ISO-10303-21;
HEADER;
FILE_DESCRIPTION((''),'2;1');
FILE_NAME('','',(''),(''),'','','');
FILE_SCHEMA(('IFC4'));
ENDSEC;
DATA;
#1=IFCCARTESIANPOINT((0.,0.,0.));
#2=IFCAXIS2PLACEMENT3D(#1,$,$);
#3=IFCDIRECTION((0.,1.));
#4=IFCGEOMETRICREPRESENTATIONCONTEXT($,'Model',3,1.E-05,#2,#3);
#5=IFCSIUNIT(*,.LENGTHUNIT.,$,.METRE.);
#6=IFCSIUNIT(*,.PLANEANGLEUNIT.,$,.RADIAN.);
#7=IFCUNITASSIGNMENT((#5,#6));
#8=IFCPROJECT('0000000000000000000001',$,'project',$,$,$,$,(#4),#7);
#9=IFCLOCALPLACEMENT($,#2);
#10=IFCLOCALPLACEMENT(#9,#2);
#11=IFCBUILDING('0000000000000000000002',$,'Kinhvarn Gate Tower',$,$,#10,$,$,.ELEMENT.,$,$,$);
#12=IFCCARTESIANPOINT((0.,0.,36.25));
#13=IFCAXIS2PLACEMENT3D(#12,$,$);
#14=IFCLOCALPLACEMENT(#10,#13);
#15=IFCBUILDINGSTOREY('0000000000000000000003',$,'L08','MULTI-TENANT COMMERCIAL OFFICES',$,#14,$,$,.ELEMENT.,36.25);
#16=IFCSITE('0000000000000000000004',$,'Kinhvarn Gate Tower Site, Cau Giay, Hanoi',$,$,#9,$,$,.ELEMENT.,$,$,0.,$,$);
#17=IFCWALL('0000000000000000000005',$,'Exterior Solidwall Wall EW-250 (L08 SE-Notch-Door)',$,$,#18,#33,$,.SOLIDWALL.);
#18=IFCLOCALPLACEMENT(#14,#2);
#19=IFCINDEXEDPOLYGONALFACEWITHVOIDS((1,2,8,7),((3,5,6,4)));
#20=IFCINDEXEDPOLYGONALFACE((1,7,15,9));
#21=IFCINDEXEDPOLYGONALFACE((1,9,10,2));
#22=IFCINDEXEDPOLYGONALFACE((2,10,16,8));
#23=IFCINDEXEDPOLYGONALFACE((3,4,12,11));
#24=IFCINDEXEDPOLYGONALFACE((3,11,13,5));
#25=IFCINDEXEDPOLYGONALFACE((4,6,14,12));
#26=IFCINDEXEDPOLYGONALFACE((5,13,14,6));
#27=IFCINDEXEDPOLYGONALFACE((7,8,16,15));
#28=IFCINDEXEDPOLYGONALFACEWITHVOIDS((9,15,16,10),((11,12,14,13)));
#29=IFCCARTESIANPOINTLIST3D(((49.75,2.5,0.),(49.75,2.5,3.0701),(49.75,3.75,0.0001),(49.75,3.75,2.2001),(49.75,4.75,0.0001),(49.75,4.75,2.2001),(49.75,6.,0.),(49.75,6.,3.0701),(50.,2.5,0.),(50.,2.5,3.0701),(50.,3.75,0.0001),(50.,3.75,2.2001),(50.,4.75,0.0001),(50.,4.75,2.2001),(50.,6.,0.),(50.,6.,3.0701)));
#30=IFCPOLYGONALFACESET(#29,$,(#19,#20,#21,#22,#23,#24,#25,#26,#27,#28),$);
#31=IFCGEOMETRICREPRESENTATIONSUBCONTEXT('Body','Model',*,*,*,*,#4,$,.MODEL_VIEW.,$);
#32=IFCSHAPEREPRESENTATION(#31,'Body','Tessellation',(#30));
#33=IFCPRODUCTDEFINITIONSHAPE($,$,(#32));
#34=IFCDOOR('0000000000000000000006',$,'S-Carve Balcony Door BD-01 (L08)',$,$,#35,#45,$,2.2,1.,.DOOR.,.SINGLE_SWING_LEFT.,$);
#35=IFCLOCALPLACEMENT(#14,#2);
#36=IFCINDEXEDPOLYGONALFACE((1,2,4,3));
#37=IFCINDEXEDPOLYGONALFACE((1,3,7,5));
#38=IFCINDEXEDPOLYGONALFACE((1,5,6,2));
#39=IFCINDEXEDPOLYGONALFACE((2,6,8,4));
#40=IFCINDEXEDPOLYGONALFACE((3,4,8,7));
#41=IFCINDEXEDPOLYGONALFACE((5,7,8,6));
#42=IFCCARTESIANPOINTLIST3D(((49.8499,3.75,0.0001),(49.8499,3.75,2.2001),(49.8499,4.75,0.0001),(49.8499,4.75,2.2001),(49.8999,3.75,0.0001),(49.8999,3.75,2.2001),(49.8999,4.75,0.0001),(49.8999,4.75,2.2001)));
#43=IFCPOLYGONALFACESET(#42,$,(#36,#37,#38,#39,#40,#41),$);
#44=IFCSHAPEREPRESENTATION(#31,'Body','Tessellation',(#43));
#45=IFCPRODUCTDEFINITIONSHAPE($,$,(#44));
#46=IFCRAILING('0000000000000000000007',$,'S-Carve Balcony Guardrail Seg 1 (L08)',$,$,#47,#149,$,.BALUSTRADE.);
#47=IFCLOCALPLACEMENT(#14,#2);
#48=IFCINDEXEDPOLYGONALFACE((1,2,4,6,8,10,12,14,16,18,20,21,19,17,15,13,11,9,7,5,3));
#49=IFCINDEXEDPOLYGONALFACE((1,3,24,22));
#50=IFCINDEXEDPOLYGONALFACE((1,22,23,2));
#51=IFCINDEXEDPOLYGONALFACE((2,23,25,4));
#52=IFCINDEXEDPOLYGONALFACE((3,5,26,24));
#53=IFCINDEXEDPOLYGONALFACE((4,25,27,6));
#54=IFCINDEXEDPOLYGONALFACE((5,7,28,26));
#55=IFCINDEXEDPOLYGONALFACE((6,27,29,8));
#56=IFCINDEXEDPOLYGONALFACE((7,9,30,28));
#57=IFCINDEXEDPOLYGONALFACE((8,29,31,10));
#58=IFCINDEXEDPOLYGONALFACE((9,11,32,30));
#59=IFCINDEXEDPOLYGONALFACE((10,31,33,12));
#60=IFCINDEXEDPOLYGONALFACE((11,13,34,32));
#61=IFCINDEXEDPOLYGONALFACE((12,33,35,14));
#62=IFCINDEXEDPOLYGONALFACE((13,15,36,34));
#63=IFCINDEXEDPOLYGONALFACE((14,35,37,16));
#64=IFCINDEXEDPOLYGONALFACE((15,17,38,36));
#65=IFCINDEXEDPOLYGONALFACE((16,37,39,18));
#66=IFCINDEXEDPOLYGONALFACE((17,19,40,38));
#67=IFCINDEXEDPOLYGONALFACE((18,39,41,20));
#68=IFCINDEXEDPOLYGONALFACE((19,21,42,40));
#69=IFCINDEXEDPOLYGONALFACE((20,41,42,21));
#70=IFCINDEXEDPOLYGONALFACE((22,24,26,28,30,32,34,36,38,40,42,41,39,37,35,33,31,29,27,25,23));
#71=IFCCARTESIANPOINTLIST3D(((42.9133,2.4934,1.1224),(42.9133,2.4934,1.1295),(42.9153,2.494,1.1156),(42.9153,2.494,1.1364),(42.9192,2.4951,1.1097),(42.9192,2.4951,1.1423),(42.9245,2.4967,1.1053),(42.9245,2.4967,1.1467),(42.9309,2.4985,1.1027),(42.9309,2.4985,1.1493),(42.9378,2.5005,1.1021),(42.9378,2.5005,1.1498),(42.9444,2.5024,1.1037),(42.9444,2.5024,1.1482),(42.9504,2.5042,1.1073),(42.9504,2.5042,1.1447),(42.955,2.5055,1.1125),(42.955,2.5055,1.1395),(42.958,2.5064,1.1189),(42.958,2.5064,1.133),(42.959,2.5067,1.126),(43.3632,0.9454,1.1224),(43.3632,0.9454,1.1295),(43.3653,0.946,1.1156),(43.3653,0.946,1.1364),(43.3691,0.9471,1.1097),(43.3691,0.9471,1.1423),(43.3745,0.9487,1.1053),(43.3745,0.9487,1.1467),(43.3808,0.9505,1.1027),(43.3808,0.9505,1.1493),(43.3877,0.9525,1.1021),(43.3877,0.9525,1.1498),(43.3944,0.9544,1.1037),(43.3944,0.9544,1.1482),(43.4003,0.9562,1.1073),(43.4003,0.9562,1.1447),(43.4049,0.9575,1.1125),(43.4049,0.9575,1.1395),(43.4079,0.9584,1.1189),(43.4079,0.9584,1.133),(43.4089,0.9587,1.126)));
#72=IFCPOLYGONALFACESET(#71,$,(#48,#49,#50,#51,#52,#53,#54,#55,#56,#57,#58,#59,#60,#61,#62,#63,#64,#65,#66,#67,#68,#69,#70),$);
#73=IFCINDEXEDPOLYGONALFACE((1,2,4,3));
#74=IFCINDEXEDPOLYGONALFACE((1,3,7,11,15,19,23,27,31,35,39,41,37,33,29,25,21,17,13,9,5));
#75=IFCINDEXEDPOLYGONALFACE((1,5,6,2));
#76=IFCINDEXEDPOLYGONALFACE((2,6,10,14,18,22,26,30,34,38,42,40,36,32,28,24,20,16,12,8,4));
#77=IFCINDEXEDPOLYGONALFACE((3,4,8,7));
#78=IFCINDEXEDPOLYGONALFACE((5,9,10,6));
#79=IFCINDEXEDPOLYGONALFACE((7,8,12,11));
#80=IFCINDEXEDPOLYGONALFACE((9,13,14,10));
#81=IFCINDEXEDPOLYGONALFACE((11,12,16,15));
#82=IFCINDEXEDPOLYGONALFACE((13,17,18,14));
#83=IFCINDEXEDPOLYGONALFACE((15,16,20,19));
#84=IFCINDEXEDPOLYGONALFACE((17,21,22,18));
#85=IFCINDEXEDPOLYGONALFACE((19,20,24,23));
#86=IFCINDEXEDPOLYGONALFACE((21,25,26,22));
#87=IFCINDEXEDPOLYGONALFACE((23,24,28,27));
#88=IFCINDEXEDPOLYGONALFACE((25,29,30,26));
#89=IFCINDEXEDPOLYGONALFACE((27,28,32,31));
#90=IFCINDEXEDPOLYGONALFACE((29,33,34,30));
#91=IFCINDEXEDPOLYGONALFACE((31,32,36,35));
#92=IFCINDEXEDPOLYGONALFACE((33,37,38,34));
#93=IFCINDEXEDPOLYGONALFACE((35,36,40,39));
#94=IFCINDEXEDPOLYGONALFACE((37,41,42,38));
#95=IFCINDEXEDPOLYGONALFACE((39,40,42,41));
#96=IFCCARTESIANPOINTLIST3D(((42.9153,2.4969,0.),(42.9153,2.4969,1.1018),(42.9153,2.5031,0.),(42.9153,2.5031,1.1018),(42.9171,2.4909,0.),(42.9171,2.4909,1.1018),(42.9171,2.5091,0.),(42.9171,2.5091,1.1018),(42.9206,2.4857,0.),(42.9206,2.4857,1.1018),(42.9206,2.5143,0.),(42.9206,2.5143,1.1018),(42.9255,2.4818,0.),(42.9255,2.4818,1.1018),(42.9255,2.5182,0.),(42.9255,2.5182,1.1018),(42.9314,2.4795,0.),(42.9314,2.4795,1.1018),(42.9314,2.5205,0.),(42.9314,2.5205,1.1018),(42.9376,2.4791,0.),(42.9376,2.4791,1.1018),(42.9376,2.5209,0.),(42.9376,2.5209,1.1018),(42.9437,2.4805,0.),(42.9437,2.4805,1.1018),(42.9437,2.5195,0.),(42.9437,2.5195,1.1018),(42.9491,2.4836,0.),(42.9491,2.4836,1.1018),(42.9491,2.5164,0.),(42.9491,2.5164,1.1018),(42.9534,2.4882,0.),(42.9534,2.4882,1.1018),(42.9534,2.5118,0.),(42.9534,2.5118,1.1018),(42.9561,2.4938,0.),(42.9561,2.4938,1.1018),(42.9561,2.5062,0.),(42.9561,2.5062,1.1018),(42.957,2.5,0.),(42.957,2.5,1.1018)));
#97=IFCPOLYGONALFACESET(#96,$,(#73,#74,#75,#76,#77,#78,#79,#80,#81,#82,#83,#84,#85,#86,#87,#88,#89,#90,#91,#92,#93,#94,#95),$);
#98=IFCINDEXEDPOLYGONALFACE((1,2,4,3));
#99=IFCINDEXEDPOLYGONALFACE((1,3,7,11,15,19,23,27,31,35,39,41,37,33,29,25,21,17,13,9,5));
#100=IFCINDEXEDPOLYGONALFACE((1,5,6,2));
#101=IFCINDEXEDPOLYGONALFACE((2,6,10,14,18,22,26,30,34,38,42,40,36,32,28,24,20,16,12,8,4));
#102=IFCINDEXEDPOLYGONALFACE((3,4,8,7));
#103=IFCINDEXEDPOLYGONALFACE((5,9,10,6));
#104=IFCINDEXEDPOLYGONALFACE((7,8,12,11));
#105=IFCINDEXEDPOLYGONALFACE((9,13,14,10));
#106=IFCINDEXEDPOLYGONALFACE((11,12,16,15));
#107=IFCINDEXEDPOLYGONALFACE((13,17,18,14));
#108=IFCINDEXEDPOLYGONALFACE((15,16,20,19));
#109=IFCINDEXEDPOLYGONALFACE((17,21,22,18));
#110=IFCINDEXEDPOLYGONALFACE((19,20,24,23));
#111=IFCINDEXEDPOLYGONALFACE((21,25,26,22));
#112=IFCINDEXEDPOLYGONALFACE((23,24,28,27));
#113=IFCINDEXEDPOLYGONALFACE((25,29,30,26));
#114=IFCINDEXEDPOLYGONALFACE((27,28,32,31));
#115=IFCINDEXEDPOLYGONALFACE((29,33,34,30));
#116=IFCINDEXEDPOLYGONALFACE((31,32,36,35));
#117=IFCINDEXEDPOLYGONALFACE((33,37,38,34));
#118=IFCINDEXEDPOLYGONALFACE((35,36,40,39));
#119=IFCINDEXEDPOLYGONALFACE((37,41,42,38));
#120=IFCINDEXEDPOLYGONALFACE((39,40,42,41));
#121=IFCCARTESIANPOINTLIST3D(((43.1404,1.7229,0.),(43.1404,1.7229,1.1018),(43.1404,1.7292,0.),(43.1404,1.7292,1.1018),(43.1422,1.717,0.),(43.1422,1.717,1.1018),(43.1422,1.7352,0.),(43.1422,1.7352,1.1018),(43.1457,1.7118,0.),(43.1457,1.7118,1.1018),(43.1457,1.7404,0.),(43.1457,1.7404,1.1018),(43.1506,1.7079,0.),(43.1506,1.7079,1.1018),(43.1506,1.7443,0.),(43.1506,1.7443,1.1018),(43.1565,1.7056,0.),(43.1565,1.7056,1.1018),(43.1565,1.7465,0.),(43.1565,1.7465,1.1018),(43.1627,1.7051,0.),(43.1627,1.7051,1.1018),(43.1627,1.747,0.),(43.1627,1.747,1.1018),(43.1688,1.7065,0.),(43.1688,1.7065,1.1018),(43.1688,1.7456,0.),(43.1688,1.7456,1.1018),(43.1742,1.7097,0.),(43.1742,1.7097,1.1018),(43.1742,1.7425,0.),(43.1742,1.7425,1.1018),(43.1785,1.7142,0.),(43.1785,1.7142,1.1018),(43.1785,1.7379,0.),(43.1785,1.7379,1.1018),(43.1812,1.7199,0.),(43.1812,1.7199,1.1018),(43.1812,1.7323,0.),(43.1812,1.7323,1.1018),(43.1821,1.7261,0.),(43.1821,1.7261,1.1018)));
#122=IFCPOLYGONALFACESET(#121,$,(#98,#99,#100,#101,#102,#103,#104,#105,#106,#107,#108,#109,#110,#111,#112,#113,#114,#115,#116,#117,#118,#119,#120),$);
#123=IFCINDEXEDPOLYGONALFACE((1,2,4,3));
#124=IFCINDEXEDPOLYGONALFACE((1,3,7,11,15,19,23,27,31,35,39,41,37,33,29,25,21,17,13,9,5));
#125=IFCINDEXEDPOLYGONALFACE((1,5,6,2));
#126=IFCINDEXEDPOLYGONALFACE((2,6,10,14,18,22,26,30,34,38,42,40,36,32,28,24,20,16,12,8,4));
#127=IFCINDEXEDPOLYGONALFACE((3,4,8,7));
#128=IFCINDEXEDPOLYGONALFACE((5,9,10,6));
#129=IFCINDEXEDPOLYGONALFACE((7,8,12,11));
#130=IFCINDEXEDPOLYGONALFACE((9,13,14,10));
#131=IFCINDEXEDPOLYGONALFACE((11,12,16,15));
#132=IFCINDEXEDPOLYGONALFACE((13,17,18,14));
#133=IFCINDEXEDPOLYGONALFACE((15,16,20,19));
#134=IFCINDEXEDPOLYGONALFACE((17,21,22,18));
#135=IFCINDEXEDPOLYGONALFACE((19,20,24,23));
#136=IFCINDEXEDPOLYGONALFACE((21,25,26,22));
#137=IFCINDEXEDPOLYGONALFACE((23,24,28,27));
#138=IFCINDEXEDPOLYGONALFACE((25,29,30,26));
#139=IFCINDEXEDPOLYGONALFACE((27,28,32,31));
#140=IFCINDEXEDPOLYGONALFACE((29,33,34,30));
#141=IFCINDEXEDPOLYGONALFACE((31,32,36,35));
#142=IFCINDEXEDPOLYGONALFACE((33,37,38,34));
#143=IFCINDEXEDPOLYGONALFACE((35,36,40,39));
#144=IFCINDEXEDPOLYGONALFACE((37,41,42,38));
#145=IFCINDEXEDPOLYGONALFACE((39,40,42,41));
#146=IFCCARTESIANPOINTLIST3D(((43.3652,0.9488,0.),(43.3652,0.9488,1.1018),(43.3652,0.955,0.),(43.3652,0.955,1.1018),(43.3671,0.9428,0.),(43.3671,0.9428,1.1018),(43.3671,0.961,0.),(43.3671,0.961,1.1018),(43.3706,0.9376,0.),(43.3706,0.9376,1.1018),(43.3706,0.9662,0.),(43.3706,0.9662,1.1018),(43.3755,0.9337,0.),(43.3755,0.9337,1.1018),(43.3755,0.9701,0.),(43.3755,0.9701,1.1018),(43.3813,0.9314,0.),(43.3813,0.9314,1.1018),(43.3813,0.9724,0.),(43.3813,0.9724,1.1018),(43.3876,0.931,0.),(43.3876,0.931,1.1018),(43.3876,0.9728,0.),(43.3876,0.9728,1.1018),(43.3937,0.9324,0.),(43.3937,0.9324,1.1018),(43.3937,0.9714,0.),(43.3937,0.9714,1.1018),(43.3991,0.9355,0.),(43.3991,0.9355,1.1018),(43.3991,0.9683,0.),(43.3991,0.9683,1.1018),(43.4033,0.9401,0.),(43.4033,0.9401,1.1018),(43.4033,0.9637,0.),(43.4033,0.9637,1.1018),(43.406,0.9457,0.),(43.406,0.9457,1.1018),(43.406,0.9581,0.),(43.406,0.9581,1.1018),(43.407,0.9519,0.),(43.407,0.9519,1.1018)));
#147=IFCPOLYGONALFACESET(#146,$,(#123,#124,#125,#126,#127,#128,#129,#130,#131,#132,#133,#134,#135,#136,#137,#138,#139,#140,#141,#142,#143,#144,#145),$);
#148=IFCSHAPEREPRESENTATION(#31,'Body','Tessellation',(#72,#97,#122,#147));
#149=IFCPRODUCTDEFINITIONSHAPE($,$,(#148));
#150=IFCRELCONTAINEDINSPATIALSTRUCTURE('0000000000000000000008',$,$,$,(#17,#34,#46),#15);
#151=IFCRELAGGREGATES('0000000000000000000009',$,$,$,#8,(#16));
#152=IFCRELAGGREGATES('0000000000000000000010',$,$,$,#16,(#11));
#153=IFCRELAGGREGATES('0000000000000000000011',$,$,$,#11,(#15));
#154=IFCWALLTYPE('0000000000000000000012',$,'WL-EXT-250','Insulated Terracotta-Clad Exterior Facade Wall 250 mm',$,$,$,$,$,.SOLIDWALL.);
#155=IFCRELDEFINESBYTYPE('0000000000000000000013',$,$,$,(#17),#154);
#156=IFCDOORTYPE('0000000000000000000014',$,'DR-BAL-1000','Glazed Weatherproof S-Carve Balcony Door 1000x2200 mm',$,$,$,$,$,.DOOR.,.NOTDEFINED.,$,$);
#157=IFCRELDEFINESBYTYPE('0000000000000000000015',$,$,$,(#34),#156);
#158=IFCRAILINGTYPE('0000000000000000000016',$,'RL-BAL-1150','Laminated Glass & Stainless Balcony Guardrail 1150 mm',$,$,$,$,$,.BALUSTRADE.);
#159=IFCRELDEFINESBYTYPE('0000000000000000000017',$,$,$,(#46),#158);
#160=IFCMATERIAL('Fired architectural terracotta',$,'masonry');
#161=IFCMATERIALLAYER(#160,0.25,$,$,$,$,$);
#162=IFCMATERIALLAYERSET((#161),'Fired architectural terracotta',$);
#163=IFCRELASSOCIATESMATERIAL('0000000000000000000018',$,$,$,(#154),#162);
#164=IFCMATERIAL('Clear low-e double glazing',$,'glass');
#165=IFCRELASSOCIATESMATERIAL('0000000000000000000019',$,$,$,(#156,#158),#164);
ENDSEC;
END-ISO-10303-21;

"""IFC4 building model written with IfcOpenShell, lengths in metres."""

from ifc_helpers import new_model, si_unit, direction, frame, frame_2d, origin, origin_2d, place, context, subcontext, project, spatial, rectangle, circle, extrude, material, layer, layer_set, type_object, element, fill, save


model = new_model("IFC4")

# Units and contexts
model_context = context("Model", 3, precision=1e-05, world=origin(), true_north=direction((0.0, 1.0)))
body_context = subcontext(model_context, "Body", "Model", "MODEL_VIEW")
ifc_project = project(units=[si_unit("LENGTHUNIT", "METRE"), si_unit("PLANEANGLEUNIT", "RADIAN")], contexts=[model_context])

# Site, building, storey
site_placement = place(None, origin())
site = spatial("IfcSite", under=ifc_project, at=site_placement, Name="Kinhvarn Gate Tower Site, Cau Giay, Hanoi", CompositionType="ELEMENT", RefElevation=0.0)
building_placement = place(site_placement, origin())
building = spatial("IfcBuilding", under=site, at=building_placement, Name="Kinhvarn Gate Tower", CompositionType="ELEMENT")
storey_placement = place(building_placement, frame((0.0, 0.0, 36.25)))
storey = spatial("IfcBuildingStorey", under=building, at=storey_placement, Name="L08", Description="MULTI-TENANT COMMERCIAL OFFICES", CompositionType="ELEMENT", Elevation=36.25)

# Shared definitions
ifc_material_1 = material(Name="Clear low-e double glazing", Category="glass")

# Wall, opening, door
ifc_material_2 = material(Name="Fired architectural terracotta", Category="masonry")
ifc_layer_1 = layer(ifc_material_2, 0.25)
ifc_layer_set_1 = layer_set([ifc_layer_1], Name="Fired architectural terracotta")
wall_type = type_object("IfcWallType", Name="WL-EXT-250", Description="Insulated Terracotta-Clad Exterior Facade Wall 250 mm", PredefinedType="SOLIDWALL", material=ifc_layer_set_1)
wall_placement = place(storey_placement, frame((49.875, 2.5, 0.0), z_axis=(0.0, 0.0, 1.0), x_axis=(0.0, 1.0, 0.0)))
wall = element("IfcWall", 1, at=wall_placement, inside=storey, type_object=wall_type, Name="Exterior Solidwall Wall EW-250 (L08 SE-Notch-Door)", PredefinedType="SOLIDWALL", context=body_context, shape_type="SweptSolid", body=[
    extrude(rectangle(XDim=3.5, YDim=0.25, at=frame_2d((1.75, 0.0))), origin(), (0.0, 0.0, 1.0), 3.0701),
])
opening_placement = place(wall_placement, frame((1.25, 0.0, 0.0)))
opening = element("IfcOpeningElement", 2, at=opening_placement, cuts=wall, PredefinedType="OPENING", context=body_context, shape_type="SweptSolid", body=[
    extrude(rectangle(XDim=1.0, YDim=2.2, at=frame_2d((0.5, 1.1001))), frame((0.0, 0.135, 0.0), z_axis=(0.0, -1.0, 0.0), x_axis=(1.0, 0.0, 0.0)), (0.0, 0.0, 1.0), 0.27),
])
door_type = type_object("IfcDoorType", Name="DR-BAL-1000", Description="Glazed Weatherproof S-Carve Balcony Door 1000x2200 mm", OperationType="NOTDEFINED", PredefinedType="DOOR", material=ifc_material_1)
door_placement = place(opening_placement, frame((1.0, 0.0, 0.0), z_axis=(0.0, 0.0, 1.0), x_axis=(-1.0, 0.0, 0.0)))
door = element("IfcDoor", 3, at=door_placement, inside=storey, type_object=door_type, Name="S-Carve Balcony Door BD-01 (L08)", OperationType="SINGLE_SWING_LEFT", OverallHeight=2.2, OverallWidth=1.0, PredefinedType="DOOR", context=body_context, shape_type="SweptSolid", body=[
    extrude(rectangle(XDim=1.0, YDim=2.2, at=frame_2d((0.5, 1.1001))), frame((0.0, 0.0249, 0.0), z_axis=(0.0, -1.0, 0.0), x_axis=(1.0, 0.0, 0.0)), (0.0, 0.0, 1.0), 0.05),
])
fill(opening, door)

# Railing
railing_type = type_object("IfcRailingType", Name="RL-BAL-1150", Description="Laminated Glass & Stainless Balcony Guardrail 1150 mm", PredefinedType="BALUSTRADE", material=ifc_material_1)
railing_1_placement = place(storey_placement, frame((42.936, 2.5, 0.0)))
element("IfcRailing", 4, at=railing_1_placement, inside=storey, type_object=railing_type, Name="S-Carve Balcony Guardrail Seg 1 (L08)", PredefinedType="BALUSTRADE", context=body_context, shape_type="SweptSolid", body=[
    extrude(circle(Radius=0.0239, at=origin_2d()), frame((0.0, 0.0, 1.126), z_axis=(0.279099, -0.960262, 0.0), x_axis=(0.960262, 0.279099, 0.0)), (0.0, 0.0, 1.0), 1.6121),
    extrude(circle(Radius=0.021, at=origin_2d()), origin(), (0.0, 0.0, 1.0), 1.1018),
    extrude(circle(Radius=0.021, at=origin_2d()), frame((0.2251, -0.7739, 0.0)), (0.0, 0.0, 1.0), 1.1018),
    extrude(circle(Radius=0.021, at=origin_2d()), frame((0.45, -1.5481, 0.0)), (0.0, 0.0, 1.0), 1.1018),
])

save(model, "model.ifc")
